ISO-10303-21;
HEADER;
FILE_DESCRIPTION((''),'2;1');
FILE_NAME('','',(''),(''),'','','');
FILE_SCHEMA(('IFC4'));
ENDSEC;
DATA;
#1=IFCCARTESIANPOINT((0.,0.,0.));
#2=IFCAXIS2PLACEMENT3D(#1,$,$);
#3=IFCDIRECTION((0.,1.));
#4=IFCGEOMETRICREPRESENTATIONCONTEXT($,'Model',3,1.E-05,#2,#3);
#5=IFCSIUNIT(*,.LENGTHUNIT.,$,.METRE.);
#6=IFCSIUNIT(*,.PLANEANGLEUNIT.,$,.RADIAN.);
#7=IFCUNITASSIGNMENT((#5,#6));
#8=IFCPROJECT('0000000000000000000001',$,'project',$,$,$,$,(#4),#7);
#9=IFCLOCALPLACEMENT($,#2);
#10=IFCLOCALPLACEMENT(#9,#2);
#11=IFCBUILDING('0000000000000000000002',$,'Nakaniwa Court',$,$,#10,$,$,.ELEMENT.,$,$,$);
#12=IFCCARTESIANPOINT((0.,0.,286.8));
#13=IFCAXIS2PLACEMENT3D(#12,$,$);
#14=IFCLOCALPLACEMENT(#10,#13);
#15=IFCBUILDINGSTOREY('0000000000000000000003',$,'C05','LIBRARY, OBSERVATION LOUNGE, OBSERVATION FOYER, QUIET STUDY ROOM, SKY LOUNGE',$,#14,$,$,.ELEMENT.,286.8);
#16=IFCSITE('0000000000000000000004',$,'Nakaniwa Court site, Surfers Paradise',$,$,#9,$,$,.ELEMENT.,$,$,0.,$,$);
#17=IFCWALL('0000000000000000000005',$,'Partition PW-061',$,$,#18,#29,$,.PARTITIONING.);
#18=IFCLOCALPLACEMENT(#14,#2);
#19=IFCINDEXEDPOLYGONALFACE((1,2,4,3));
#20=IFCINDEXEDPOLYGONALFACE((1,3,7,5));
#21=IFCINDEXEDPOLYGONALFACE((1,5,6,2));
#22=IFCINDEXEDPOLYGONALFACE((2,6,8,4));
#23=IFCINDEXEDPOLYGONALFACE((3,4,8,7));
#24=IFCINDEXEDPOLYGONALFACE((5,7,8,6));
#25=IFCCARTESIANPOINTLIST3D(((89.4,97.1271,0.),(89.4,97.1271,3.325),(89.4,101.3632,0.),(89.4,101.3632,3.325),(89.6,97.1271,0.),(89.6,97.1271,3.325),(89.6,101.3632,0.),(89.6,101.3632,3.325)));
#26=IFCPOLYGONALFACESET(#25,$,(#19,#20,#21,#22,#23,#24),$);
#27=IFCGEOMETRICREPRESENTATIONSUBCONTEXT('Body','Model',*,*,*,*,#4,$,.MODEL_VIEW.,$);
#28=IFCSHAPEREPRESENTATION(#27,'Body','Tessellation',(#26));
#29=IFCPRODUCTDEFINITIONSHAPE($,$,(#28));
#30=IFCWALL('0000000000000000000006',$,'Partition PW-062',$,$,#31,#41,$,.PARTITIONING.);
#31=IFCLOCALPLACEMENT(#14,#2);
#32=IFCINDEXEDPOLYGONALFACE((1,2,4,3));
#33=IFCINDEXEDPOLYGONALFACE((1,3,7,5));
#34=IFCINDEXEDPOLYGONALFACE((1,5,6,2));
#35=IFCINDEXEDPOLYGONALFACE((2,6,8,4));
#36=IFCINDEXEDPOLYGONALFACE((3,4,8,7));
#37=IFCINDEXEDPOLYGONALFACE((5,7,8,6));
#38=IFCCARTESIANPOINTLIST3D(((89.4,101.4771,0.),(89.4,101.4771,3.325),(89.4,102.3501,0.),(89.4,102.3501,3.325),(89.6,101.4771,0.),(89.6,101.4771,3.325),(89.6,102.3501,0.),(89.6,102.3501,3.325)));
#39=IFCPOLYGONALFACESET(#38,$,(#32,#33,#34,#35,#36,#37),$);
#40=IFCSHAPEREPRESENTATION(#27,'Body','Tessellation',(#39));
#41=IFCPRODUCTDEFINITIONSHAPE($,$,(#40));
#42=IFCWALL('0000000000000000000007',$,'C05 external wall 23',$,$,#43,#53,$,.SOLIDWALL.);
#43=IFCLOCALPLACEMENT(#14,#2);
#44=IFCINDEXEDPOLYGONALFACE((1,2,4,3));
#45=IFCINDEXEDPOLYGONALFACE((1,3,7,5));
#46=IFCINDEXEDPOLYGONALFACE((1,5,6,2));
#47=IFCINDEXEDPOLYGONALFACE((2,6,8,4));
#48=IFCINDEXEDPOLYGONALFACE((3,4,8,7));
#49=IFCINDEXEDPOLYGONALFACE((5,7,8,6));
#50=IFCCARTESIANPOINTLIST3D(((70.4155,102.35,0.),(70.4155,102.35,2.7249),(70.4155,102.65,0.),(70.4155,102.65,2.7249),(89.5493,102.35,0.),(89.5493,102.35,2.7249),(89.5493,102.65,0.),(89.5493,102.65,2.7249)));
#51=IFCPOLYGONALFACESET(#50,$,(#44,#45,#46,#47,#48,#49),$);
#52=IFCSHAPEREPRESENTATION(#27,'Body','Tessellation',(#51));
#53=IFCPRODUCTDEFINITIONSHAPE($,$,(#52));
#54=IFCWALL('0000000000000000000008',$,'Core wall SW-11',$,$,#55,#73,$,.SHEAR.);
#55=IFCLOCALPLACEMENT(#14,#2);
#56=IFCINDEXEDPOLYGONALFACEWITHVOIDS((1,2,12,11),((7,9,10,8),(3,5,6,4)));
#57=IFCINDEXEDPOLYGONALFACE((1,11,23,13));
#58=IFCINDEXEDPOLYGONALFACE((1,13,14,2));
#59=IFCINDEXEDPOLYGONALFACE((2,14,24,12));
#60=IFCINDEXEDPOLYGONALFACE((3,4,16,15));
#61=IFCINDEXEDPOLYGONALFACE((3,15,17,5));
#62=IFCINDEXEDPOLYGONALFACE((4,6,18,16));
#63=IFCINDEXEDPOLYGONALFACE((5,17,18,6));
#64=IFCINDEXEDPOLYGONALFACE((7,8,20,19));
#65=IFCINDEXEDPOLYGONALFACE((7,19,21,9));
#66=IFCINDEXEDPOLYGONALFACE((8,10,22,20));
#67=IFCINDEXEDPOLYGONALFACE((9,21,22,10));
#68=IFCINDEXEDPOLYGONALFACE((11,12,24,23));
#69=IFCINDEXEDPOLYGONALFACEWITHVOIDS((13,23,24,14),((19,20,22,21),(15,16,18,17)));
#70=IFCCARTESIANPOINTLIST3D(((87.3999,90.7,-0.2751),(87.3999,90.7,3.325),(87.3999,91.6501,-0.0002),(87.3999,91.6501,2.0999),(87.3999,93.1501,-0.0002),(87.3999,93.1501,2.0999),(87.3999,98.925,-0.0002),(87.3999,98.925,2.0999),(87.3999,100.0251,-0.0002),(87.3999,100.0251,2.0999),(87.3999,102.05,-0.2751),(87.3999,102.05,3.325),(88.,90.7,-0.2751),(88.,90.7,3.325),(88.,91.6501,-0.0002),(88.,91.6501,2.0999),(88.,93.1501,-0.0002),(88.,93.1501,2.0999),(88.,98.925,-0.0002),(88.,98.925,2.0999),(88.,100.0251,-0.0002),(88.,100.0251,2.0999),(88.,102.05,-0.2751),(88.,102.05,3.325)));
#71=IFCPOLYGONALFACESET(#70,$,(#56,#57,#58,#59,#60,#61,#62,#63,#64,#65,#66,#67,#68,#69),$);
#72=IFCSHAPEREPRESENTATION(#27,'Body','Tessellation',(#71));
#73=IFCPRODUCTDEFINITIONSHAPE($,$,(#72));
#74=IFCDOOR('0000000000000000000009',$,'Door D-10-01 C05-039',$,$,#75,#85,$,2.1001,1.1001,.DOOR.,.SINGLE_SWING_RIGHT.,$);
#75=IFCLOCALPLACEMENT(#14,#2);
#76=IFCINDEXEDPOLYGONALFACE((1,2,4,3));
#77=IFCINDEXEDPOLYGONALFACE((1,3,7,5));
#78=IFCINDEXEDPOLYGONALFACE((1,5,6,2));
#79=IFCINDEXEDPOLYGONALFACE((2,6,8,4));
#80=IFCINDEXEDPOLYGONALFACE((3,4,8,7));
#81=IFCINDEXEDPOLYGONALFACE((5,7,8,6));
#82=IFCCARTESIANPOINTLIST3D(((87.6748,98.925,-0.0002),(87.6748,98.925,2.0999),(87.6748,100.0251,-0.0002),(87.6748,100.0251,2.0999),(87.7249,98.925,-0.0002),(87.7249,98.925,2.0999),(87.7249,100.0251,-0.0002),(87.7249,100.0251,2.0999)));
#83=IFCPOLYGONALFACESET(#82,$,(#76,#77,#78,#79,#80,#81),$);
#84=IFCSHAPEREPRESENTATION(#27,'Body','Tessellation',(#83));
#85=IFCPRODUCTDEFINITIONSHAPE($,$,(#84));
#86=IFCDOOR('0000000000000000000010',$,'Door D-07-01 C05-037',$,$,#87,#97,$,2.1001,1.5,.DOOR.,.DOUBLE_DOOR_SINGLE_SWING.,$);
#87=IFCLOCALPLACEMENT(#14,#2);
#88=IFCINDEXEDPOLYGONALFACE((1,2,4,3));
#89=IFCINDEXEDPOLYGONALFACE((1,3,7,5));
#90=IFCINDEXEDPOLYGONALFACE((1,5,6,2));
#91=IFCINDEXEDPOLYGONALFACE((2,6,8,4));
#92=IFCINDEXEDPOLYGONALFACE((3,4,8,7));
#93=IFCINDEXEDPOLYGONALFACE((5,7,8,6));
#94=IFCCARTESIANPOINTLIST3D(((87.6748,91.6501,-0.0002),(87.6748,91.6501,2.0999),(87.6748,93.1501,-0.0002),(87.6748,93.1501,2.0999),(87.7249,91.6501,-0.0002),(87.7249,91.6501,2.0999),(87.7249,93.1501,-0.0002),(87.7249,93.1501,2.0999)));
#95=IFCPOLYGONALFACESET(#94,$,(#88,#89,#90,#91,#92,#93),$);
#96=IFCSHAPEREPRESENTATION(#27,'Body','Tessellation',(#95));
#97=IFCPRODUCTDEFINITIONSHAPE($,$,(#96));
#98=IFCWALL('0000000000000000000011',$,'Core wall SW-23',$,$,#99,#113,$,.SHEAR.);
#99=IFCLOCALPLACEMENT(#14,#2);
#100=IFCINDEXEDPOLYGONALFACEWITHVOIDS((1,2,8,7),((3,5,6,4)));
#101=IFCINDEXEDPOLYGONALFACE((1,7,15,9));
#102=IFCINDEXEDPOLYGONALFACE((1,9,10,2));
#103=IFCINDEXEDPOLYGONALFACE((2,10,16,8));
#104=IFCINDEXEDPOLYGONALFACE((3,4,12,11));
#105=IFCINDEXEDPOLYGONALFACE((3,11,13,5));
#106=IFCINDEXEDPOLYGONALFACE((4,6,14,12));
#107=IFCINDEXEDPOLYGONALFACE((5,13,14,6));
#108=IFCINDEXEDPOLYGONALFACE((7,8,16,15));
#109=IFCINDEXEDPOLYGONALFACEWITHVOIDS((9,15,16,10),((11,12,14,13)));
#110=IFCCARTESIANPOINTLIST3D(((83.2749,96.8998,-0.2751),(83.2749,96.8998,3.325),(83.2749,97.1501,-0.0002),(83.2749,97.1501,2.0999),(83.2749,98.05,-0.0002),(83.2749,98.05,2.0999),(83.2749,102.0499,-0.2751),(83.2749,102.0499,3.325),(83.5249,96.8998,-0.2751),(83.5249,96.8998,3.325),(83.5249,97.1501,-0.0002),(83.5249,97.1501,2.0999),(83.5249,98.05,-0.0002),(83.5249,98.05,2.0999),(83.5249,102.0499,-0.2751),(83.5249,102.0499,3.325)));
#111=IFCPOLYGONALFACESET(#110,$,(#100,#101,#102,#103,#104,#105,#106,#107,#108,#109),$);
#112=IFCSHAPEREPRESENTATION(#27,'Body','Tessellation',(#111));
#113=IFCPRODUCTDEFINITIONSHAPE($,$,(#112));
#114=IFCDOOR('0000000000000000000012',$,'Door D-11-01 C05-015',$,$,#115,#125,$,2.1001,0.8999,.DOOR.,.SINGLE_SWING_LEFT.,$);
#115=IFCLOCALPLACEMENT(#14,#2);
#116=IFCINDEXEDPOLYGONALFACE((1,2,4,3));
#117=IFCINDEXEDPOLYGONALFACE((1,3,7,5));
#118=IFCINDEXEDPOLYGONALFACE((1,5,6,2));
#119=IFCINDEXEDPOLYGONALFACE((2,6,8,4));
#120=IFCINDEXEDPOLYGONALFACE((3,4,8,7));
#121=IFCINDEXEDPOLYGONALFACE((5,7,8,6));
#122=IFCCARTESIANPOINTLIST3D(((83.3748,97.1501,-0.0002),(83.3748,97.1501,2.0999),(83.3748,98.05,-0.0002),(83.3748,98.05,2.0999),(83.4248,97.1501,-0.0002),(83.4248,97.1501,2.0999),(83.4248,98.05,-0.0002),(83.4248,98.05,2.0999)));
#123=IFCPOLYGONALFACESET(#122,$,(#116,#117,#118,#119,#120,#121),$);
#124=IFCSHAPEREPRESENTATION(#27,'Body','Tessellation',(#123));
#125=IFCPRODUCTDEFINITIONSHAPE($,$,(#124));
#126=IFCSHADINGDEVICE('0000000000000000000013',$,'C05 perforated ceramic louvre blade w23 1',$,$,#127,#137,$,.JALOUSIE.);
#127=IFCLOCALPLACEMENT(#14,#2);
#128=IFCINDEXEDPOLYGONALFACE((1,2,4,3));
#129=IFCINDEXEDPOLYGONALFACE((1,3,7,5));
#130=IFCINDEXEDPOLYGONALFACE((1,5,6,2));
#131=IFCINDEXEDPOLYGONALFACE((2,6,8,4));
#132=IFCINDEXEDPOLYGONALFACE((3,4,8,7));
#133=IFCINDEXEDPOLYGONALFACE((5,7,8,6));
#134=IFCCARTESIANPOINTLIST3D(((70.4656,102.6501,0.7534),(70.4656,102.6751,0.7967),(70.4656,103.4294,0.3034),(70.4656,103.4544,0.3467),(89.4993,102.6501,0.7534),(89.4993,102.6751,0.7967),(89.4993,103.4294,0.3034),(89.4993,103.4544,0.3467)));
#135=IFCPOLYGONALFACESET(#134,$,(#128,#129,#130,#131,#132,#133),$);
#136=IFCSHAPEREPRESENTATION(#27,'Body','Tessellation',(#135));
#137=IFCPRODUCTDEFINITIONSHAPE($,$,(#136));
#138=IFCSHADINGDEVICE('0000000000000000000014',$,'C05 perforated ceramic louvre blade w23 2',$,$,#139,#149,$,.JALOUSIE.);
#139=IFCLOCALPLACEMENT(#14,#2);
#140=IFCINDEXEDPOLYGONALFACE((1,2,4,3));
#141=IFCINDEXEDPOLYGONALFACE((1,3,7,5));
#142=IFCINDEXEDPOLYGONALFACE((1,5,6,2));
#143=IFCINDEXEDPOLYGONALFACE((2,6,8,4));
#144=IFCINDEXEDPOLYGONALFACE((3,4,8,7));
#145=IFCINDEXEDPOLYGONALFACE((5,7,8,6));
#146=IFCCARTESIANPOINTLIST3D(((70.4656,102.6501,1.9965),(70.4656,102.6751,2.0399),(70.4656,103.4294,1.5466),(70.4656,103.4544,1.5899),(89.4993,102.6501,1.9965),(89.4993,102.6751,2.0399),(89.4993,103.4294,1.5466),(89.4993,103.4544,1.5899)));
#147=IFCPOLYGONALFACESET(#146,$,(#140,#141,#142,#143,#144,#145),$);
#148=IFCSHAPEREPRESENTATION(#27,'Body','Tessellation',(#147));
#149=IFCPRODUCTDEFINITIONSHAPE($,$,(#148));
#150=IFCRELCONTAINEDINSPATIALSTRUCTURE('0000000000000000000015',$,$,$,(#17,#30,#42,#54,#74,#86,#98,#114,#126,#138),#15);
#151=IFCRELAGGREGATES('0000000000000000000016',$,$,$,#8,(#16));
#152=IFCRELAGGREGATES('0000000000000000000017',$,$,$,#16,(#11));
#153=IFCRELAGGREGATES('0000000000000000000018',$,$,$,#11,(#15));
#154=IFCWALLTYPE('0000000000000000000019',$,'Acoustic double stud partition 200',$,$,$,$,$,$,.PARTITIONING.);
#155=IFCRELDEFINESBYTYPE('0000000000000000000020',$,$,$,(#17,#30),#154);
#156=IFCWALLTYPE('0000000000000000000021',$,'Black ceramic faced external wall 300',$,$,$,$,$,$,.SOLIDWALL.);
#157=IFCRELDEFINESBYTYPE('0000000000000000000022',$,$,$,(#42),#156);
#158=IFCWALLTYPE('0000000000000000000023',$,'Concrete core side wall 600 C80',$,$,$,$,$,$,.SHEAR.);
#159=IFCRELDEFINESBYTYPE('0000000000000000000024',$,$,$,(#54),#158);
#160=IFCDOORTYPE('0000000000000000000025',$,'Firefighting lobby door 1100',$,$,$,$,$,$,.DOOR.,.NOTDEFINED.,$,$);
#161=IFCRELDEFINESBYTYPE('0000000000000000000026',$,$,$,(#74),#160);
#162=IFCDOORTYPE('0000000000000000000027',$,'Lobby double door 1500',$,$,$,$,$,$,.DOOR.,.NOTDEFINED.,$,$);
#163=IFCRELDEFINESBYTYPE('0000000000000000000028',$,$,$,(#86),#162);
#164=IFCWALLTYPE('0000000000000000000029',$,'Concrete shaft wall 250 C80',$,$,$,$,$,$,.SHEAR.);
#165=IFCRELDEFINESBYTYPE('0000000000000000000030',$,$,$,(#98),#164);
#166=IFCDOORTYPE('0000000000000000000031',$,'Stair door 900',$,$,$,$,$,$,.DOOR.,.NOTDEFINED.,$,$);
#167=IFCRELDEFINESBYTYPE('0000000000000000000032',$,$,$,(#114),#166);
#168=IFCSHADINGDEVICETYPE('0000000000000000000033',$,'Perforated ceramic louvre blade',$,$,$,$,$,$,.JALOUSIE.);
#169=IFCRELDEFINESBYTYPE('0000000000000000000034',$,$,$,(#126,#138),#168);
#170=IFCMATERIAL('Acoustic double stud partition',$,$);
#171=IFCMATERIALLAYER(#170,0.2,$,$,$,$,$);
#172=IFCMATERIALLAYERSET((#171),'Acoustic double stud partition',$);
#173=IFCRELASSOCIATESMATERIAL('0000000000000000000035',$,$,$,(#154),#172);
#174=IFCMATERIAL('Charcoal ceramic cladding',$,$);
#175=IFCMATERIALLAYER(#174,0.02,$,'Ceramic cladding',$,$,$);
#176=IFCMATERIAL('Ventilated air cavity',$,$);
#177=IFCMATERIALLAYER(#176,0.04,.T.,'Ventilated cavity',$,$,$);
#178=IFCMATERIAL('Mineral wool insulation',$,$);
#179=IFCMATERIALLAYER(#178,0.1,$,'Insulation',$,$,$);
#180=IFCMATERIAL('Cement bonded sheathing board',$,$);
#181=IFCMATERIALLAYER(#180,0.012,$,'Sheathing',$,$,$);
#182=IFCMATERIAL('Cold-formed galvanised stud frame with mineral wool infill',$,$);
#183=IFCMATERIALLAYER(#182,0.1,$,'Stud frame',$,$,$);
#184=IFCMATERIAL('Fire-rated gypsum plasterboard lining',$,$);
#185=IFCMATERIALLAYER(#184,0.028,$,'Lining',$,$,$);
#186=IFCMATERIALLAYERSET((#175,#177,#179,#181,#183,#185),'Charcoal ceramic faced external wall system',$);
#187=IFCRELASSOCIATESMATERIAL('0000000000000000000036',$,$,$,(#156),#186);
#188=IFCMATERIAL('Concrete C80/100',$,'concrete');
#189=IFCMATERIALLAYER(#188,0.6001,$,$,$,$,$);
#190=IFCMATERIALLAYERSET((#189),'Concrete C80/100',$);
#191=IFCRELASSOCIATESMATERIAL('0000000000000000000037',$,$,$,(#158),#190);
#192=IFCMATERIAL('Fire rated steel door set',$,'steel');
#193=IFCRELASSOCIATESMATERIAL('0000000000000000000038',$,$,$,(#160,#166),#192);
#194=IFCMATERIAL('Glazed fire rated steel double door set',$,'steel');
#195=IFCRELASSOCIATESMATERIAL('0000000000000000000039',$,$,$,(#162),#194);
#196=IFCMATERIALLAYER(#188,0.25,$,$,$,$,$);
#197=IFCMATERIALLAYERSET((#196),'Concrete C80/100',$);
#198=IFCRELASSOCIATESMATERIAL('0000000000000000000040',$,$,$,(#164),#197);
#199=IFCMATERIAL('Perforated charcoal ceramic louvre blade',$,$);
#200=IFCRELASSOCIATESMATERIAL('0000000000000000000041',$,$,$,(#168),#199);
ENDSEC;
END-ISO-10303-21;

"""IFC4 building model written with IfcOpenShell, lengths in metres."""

from ifc_helpers import new_model, si_unit, direction, frame, frame_2d, origin, origin_2d, place, context, subcontext, project, spatial, rectangle, extrude, material, layer, layer_set, material_profile, profile_set, type_object, element, fill, save


model = new_model("IFC4")

# Units and contexts
model_context = context("Model", 3, precision=1e-05, world=origin(), true_north=direction((0.0, 1.0)))
body_context = subcontext(model_context, "Body", "Model", "MODEL_VIEW")
ifc_project = project(units=[si_unit("LENGTHUNIT", "METRE"), si_unit("PLANEANGLEUNIT", "RADIAN")], contexts=[model_context])

# Site, building, storey
site_placement = place(None, origin())
site = spatial("IfcSite", under=ifc_project, at=site_placement, Name="Nakaniwa Court site, Surfers Paradise", CompositionType="ELEMENT", RefElevation=0.0)
building_placement = place(site_placement, origin())
building = spatial("IfcBuilding", under=site, at=building_placement, Name="Nakaniwa Court", CompositionType="ELEMENT")
storey_placement = place(building_placement, frame((0.0, 0.0, 286.8)))
storey = spatial("IfcBuildingStorey", under=building, at=storey_placement, Name="C05", Description="LIBRARY, OBSERVATION LOUNGE, OBSERVATION FOYER, QUIET STUDY ROOM, SKY LOUNGE", CompositionType="ELEMENT", Elevation=286.8)

# Shared definitions
ifc_material_1 = material(Name="Concrete C80/100", Category="concrete")

# Walls
ifc_material_2 = material(Name="Acoustic double stud partition")
ifc_layer_1 = layer(ifc_material_2, 0.2)
ifc_layer_set_1 = layer_set([ifc_layer_1], Name="Acoustic double stud partition")
wall_type_1 = type_object("IfcWallType", Name="Acoustic double stud partition 200", PredefinedType="PARTITIONING", material=ifc_layer_set_1)
wall_1_placement = place(storey_placement, frame((89.5, 97.127, 0.0), z_axis=(0.0, 0.0, 1.0), x_axis=(0.0, 1.0, 0.0)))
element("IfcWall", 1, at=wall_1_placement, inside=storey, type_object=wall_type_1, Name="Partition PW-061", PredefinedType="PARTITIONING", context=body_context, shape_type="SweptSolid", body=[
    extrude(rectangle(XDim=4.2361, YDim=0.2, at=frame_2d((2.1182, 0.0))), origin(), (0.0, 0.0, 1.0), 3.325),
])
wall_2_placement = place(storey_placement, frame((89.5, 101.4771, 0.0), z_axis=(0.0, 0.0, 1.0), x_axis=(0.0, 1.0, 0.0)))
element("IfcWall", 2, at=wall_2_placement, inside=storey, type_object=wall_type_1, Name="Partition PW-062", PredefinedType="PARTITIONING", context=body_context, shape_type="SweptSolid", body=[
    extrude(rectangle(XDim=0.873, YDim=0.2, at=frame_2d((0.4365, 0.0))), origin(), (0.0, 0.0, 1.0), 3.325),
])
ifc_material_3 = material(Name="Charcoal ceramic cladding")
ifc_layer_2 = layer(ifc_material_3, 0.02, Name="Ceramic cladding")
ifc_material_4 = material(Name="Ventilated air cavity")
ifc_layer_3 = layer(ifc_material_4, 0.04, ventilated=True, Name="Ventilated cavity")
ifc_material_5 = material(Name="Mineral wool insulation")
ifc_layer_4 = layer(ifc_material_5, 0.1, Name="Insulation")
ifc_material_6 = material(Name="Cement bonded sheathing board")
ifc_layer_5 = layer(ifc_material_6, 0.012, Name="Sheathing")
ifc_material_7 = material(Name="Cold-formed galvanised stud frame with mineral wool infill")
ifc_layer_6 = layer(ifc_material_7, 0.1, Name="Stud frame")
ifc_material_8 = material(Name="Fire-rated gypsum plasterboard lining")
ifc_layer_7 = layer(ifc_material_8, 0.028, Name="Lining")
ifc_layer_set_2 = layer_set([ifc_layer_2, ifc_layer_3, ifc_layer_4, ifc_layer_5, ifc_layer_6, ifc_layer_7], Name="Charcoal ceramic faced external wall system")
wall_type_2 = type_object("IfcWallType", Name="Black ceramic faced external wall 300", PredefinedType="SOLIDWALL", material=ifc_layer_set_2)
wall_3_placement = place(storey_placement, frame((89.5493, 102.5, 0.0), z_axis=(0.0, 0.0, 1.0), x_axis=(-1.0, 0.0, 0.0)))
element("IfcWall", 3, at=wall_3_placement, inside=storey, type_object=wall_type_2, Name="C05 external wall 23", PredefinedType="SOLIDWALL", context=body_context, shape_type="SweptSolid", body=[
    extrude(rectangle(XDim=19.1338, YDim=0.3, at=frame_2d((9.5669, 0.0))), origin(), (0.0, 0.0, 1.0), 2.7249),
])

# Wall, openings, doors
ifc_layer_8 = layer(ifc_material_1, 0.6001)
ifc_layer_set_3 = layer_set([ifc_layer_8], Name="Concrete C80/100")
wall_type_3 = type_object("IfcWallType", Name="Concrete core side wall 600 C80", PredefinedType="SHEAR", material=ifc_layer_set_3)
wall_4_placement = place(storey_placement, frame((87.7, 102.05, -0.2751), z_axis=(0.0, 0.0, 1.0), x_axis=(0.0, -1.0, 0.0)))
wall_4 = element("IfcWall", 4, at=wall_4_placement, inside=storey, type_object=wall_type_3, Name="Core wall SW-11", PredefinedType="SHEAR", context=body_context, shape_type="SweptSolid", body=[
    extrude(rectangle(XDim=11.3501, YDim=0.6001, at=frame_2d((5.675, 0.0))), origin(), (0.0, 0.0, 1.0), 3.6001),
])
opening_1_placement = place(wall_4_placement, frame((8.8999, 0.0, 0.2749)))
opening_1 = element("IfcOpeningElement", 5, at=opening_1_placement, cuts=wall_4, PredefinedType="OPENING", context=body_context, shape_type="SweptSolid", body=[
    extrude(rectangle(XDim=1.5, YDim=2.1001, at=frame_2d((0.75, 1.05))), frame((0.0, 0.3101, 0.0), z_axis=(0.0, -1.0, 0.0), x_axis=(1.0, 0.0, 0.0)), (0.0, 0.0, 1.0), 0.6201),
])
opening_2_placement = place(wall_4_placement, frame((2.0249, 0.0, 0.2749)))
opening_2 = element("IfcOpeningElement", 6, at=opening_2_placement, cuts=wall_4, PredefinedType="OPENING", context=body_context, shape_type="SweptSolid", body=[
    extrude(rectangle(XDim=1.1001, YDim=2.1001, at=frame_2d((0.55, 1.05))), frame((0.0, 0.3101, 0.0), z_axis=(0.0, -1.0, 0.0), x_axis=(1.0, 0.0, 0.0)), (0.0, 0.0, 1.0), 0.6201),
])
ifc_material_9 = material(Name="Fire rated steel door set", Category="steel")
door_type_1 = type_object("IfcDoorType", Name="Firefighting lobby door 1100", OperationType="NOTDEFINED", PredefinedType="DOOR", material=ifc_material_9)
door_1_placement = place(opening_2_placement, origin())
door_1 = element("IfcDoor", 7, at=door_1_placement, inside=storey, type_object=door_type_1, Name="Door D-10-01 C05-039", OperationType="SINGLE_SWING_RIGHT", OverallHeight=2.1001, OverallWidth=1.1001, PredefinedType="DOOR", context=body_context, shape_type="SweptSolid", body=[
    extrude(rectangle(XDim=1.1001, YDim=2.1001, at=frame_2d((0.55, 1.05))), frame((0.0, 0.0249, 0.0), z_axis=(0.0, -1.0, 0.0), x_axis=(1.0, 0.0, 0.0)), (0.0, 0.0, 1.0), 0.05),
])
fill(opening_2, door_1)
ifc_material_10 = material(Name="Glazed fire rated steel double door set", Category="steel")
door_type_2 = type_object("IfcDoorType", Name="Lobby double door 1500", OperationType="NOTDEFINED", PredefinedType="DOOR", material=ifc_material_10)
door_2_placement = place(opening_1_placement, origin())
door_2 = element("IfcDoor", 8, at=door_2_placement, inside=storey, type_object=door_type_2, Name="Door D-07-01 C05-037", OperationType="DOUBLE_DOOR_SINGLE_SWING", OverallHeight=2.1001, OverallWidth=1.5, PredefinedType="DOOR", context=body_context, shape_type="SweptSolid", body=[
    extrude(rectangle(XDim=1.5, YDim=2.1001, at=frame_2d((0.75, 1.05))), frame((0.0, 0.0249, 0.0), z_axis=(0.0, -1.0, 0.0), x_axis=(1.0, 0.0, 0.0)), (0.0, 0.0, 1.0), 0.05),
])
fill(opening_1, door_2)

# Wall, opening, door
ifc_layer_9 = layer(ifc_material_1, 0.25)
ifc_layer_set_4 = layer_set([ifc_layer_9], Name="Concrete C80/100")
wall_type_4 = type_object("IfcWallType", Name="Concrete shaft wall 250 C80", PredefinedType="SHEAR", material=ifc_layer_set_4)
wall_5_placement = place(storey_placement, frame((83.3999, 102.05, -0.2751), z_axis=(0.0, 0.0, 1.0), x_axis=(0.0, -1.0, 0.0)))
wall_5 = element("IfcWall", 9, at=wall_5_placement, inside=storey, type_object=wall_type_4, Name="Core wall SW-23", PredefinedType="SHEAR", context=body_context, shape_type="SweptSolid", body=[
    extrude(rectangle(XDim=5.1501, YDim=0.25, at=frame_2d((2.5752, 0.0))), origin(), (0.0, 0.0, 1.0), 3.6001),
])
opening_3_placement = place(wall_5_placement, frame((4.0, 0.0, 0.2749)))
opening_3 = element("IfcOpeningElement", 10, at=opening_3_placement, cuts=wall_5, PredefinedType="OPENING", context=body_context, shape_type="SweptSolid", body=[
    extrude(rectangle(XDim=0.8999, YDim=2.1001, at=frame_2d((0.45, 1.05))), frame((0.0, 0.135, 0.0), z_axis=(0.0, -1.0, 0.0), x_axis=(1.0, 0.0, 0.0)), (0.0, 0.0, 1.0), 0.27),
])
door_type_3 = type_object("IfcDoorType", Name="Stair door 900", OperationType="NOTDEFINED", PredefinedType="DOOR", material=ifc_material_9)
door_3_placement = place(opening_3_placement, origin())
door_3 = element("IfcDoor", 11, at=door_3_placement, inside=storey, type_object=door_type_3, Name="Door D-11-01 C05-015", OperationType="SINGLE_SWING_LEFT", OverallHeight=2.1001, OverallWidth=0.8999, PredefinedType="DOOR", context=body_context, shape_type="SweptSolid", body=[
    extrude(rectangle(XDim=0.8999, YDim=2.1001, at=frame_2d((0.45, 1.05))), frame((0.0, 0.0249, 0.0), z_axis=(0.0, -1.0, 0.0), x_axis=(1.0, 0.0, 0.0)), (0.0, 0.0, 1.0), 0.05),
])
fill(opening_3, door_3)

# Shading devices
ifc_material_11 = material(Name="Perforated charcoal ceramic louvre blade")
ifc_material_profile_1 = material_profile(ifc_material_11, rectangle(XDim=0.8999, YDim=0.05, at=origin_2d()), Name="Perforated ceramic louvre blade")
ifc_profile_set_1 = profile_set([ifc_material_profile_1], Name="Perforated charcoal ceramic louvre blade")
shading_device_type = type_object("IfcShadingDeviceType", Name="Perforated ceramic louvre blade", PredefinedType="JALOUSIE", material=ifc_profile_set_1)
for number, where, z_axis, x_axis, name in (
    (12, (89.4993, 103.0522, 0.55), (-1.0, 0.0, 0.0), (0.0, -0.866025, 0.5), "C05 perforated ceramic louvre blade w23 1"),
    (13, (89.4993, 103.0522, 1.7932), (-1.0, 0.0, 0.0), (0.0, -0.866025, 0.5), "C05 perforated ceramic louvre blade w23 2"),
):
    element("IfcShadingDevice", number, at=place(storey_placement, frame(where, z_axis=z_axis, x_axis=x_axis)), inside=storey, type_object=shading_device_type, Name=name, PredefinedType="JALOUSIE", context=body_context, shape_type="SweptSolid", body=[
        extrude(rectangle(XDim=0.8999, YDim=0.05, at=origin_2d()), origin(), (0.0, 0.0, 1.0), 19.0337),
    ])

save(model, "model.ifc")
